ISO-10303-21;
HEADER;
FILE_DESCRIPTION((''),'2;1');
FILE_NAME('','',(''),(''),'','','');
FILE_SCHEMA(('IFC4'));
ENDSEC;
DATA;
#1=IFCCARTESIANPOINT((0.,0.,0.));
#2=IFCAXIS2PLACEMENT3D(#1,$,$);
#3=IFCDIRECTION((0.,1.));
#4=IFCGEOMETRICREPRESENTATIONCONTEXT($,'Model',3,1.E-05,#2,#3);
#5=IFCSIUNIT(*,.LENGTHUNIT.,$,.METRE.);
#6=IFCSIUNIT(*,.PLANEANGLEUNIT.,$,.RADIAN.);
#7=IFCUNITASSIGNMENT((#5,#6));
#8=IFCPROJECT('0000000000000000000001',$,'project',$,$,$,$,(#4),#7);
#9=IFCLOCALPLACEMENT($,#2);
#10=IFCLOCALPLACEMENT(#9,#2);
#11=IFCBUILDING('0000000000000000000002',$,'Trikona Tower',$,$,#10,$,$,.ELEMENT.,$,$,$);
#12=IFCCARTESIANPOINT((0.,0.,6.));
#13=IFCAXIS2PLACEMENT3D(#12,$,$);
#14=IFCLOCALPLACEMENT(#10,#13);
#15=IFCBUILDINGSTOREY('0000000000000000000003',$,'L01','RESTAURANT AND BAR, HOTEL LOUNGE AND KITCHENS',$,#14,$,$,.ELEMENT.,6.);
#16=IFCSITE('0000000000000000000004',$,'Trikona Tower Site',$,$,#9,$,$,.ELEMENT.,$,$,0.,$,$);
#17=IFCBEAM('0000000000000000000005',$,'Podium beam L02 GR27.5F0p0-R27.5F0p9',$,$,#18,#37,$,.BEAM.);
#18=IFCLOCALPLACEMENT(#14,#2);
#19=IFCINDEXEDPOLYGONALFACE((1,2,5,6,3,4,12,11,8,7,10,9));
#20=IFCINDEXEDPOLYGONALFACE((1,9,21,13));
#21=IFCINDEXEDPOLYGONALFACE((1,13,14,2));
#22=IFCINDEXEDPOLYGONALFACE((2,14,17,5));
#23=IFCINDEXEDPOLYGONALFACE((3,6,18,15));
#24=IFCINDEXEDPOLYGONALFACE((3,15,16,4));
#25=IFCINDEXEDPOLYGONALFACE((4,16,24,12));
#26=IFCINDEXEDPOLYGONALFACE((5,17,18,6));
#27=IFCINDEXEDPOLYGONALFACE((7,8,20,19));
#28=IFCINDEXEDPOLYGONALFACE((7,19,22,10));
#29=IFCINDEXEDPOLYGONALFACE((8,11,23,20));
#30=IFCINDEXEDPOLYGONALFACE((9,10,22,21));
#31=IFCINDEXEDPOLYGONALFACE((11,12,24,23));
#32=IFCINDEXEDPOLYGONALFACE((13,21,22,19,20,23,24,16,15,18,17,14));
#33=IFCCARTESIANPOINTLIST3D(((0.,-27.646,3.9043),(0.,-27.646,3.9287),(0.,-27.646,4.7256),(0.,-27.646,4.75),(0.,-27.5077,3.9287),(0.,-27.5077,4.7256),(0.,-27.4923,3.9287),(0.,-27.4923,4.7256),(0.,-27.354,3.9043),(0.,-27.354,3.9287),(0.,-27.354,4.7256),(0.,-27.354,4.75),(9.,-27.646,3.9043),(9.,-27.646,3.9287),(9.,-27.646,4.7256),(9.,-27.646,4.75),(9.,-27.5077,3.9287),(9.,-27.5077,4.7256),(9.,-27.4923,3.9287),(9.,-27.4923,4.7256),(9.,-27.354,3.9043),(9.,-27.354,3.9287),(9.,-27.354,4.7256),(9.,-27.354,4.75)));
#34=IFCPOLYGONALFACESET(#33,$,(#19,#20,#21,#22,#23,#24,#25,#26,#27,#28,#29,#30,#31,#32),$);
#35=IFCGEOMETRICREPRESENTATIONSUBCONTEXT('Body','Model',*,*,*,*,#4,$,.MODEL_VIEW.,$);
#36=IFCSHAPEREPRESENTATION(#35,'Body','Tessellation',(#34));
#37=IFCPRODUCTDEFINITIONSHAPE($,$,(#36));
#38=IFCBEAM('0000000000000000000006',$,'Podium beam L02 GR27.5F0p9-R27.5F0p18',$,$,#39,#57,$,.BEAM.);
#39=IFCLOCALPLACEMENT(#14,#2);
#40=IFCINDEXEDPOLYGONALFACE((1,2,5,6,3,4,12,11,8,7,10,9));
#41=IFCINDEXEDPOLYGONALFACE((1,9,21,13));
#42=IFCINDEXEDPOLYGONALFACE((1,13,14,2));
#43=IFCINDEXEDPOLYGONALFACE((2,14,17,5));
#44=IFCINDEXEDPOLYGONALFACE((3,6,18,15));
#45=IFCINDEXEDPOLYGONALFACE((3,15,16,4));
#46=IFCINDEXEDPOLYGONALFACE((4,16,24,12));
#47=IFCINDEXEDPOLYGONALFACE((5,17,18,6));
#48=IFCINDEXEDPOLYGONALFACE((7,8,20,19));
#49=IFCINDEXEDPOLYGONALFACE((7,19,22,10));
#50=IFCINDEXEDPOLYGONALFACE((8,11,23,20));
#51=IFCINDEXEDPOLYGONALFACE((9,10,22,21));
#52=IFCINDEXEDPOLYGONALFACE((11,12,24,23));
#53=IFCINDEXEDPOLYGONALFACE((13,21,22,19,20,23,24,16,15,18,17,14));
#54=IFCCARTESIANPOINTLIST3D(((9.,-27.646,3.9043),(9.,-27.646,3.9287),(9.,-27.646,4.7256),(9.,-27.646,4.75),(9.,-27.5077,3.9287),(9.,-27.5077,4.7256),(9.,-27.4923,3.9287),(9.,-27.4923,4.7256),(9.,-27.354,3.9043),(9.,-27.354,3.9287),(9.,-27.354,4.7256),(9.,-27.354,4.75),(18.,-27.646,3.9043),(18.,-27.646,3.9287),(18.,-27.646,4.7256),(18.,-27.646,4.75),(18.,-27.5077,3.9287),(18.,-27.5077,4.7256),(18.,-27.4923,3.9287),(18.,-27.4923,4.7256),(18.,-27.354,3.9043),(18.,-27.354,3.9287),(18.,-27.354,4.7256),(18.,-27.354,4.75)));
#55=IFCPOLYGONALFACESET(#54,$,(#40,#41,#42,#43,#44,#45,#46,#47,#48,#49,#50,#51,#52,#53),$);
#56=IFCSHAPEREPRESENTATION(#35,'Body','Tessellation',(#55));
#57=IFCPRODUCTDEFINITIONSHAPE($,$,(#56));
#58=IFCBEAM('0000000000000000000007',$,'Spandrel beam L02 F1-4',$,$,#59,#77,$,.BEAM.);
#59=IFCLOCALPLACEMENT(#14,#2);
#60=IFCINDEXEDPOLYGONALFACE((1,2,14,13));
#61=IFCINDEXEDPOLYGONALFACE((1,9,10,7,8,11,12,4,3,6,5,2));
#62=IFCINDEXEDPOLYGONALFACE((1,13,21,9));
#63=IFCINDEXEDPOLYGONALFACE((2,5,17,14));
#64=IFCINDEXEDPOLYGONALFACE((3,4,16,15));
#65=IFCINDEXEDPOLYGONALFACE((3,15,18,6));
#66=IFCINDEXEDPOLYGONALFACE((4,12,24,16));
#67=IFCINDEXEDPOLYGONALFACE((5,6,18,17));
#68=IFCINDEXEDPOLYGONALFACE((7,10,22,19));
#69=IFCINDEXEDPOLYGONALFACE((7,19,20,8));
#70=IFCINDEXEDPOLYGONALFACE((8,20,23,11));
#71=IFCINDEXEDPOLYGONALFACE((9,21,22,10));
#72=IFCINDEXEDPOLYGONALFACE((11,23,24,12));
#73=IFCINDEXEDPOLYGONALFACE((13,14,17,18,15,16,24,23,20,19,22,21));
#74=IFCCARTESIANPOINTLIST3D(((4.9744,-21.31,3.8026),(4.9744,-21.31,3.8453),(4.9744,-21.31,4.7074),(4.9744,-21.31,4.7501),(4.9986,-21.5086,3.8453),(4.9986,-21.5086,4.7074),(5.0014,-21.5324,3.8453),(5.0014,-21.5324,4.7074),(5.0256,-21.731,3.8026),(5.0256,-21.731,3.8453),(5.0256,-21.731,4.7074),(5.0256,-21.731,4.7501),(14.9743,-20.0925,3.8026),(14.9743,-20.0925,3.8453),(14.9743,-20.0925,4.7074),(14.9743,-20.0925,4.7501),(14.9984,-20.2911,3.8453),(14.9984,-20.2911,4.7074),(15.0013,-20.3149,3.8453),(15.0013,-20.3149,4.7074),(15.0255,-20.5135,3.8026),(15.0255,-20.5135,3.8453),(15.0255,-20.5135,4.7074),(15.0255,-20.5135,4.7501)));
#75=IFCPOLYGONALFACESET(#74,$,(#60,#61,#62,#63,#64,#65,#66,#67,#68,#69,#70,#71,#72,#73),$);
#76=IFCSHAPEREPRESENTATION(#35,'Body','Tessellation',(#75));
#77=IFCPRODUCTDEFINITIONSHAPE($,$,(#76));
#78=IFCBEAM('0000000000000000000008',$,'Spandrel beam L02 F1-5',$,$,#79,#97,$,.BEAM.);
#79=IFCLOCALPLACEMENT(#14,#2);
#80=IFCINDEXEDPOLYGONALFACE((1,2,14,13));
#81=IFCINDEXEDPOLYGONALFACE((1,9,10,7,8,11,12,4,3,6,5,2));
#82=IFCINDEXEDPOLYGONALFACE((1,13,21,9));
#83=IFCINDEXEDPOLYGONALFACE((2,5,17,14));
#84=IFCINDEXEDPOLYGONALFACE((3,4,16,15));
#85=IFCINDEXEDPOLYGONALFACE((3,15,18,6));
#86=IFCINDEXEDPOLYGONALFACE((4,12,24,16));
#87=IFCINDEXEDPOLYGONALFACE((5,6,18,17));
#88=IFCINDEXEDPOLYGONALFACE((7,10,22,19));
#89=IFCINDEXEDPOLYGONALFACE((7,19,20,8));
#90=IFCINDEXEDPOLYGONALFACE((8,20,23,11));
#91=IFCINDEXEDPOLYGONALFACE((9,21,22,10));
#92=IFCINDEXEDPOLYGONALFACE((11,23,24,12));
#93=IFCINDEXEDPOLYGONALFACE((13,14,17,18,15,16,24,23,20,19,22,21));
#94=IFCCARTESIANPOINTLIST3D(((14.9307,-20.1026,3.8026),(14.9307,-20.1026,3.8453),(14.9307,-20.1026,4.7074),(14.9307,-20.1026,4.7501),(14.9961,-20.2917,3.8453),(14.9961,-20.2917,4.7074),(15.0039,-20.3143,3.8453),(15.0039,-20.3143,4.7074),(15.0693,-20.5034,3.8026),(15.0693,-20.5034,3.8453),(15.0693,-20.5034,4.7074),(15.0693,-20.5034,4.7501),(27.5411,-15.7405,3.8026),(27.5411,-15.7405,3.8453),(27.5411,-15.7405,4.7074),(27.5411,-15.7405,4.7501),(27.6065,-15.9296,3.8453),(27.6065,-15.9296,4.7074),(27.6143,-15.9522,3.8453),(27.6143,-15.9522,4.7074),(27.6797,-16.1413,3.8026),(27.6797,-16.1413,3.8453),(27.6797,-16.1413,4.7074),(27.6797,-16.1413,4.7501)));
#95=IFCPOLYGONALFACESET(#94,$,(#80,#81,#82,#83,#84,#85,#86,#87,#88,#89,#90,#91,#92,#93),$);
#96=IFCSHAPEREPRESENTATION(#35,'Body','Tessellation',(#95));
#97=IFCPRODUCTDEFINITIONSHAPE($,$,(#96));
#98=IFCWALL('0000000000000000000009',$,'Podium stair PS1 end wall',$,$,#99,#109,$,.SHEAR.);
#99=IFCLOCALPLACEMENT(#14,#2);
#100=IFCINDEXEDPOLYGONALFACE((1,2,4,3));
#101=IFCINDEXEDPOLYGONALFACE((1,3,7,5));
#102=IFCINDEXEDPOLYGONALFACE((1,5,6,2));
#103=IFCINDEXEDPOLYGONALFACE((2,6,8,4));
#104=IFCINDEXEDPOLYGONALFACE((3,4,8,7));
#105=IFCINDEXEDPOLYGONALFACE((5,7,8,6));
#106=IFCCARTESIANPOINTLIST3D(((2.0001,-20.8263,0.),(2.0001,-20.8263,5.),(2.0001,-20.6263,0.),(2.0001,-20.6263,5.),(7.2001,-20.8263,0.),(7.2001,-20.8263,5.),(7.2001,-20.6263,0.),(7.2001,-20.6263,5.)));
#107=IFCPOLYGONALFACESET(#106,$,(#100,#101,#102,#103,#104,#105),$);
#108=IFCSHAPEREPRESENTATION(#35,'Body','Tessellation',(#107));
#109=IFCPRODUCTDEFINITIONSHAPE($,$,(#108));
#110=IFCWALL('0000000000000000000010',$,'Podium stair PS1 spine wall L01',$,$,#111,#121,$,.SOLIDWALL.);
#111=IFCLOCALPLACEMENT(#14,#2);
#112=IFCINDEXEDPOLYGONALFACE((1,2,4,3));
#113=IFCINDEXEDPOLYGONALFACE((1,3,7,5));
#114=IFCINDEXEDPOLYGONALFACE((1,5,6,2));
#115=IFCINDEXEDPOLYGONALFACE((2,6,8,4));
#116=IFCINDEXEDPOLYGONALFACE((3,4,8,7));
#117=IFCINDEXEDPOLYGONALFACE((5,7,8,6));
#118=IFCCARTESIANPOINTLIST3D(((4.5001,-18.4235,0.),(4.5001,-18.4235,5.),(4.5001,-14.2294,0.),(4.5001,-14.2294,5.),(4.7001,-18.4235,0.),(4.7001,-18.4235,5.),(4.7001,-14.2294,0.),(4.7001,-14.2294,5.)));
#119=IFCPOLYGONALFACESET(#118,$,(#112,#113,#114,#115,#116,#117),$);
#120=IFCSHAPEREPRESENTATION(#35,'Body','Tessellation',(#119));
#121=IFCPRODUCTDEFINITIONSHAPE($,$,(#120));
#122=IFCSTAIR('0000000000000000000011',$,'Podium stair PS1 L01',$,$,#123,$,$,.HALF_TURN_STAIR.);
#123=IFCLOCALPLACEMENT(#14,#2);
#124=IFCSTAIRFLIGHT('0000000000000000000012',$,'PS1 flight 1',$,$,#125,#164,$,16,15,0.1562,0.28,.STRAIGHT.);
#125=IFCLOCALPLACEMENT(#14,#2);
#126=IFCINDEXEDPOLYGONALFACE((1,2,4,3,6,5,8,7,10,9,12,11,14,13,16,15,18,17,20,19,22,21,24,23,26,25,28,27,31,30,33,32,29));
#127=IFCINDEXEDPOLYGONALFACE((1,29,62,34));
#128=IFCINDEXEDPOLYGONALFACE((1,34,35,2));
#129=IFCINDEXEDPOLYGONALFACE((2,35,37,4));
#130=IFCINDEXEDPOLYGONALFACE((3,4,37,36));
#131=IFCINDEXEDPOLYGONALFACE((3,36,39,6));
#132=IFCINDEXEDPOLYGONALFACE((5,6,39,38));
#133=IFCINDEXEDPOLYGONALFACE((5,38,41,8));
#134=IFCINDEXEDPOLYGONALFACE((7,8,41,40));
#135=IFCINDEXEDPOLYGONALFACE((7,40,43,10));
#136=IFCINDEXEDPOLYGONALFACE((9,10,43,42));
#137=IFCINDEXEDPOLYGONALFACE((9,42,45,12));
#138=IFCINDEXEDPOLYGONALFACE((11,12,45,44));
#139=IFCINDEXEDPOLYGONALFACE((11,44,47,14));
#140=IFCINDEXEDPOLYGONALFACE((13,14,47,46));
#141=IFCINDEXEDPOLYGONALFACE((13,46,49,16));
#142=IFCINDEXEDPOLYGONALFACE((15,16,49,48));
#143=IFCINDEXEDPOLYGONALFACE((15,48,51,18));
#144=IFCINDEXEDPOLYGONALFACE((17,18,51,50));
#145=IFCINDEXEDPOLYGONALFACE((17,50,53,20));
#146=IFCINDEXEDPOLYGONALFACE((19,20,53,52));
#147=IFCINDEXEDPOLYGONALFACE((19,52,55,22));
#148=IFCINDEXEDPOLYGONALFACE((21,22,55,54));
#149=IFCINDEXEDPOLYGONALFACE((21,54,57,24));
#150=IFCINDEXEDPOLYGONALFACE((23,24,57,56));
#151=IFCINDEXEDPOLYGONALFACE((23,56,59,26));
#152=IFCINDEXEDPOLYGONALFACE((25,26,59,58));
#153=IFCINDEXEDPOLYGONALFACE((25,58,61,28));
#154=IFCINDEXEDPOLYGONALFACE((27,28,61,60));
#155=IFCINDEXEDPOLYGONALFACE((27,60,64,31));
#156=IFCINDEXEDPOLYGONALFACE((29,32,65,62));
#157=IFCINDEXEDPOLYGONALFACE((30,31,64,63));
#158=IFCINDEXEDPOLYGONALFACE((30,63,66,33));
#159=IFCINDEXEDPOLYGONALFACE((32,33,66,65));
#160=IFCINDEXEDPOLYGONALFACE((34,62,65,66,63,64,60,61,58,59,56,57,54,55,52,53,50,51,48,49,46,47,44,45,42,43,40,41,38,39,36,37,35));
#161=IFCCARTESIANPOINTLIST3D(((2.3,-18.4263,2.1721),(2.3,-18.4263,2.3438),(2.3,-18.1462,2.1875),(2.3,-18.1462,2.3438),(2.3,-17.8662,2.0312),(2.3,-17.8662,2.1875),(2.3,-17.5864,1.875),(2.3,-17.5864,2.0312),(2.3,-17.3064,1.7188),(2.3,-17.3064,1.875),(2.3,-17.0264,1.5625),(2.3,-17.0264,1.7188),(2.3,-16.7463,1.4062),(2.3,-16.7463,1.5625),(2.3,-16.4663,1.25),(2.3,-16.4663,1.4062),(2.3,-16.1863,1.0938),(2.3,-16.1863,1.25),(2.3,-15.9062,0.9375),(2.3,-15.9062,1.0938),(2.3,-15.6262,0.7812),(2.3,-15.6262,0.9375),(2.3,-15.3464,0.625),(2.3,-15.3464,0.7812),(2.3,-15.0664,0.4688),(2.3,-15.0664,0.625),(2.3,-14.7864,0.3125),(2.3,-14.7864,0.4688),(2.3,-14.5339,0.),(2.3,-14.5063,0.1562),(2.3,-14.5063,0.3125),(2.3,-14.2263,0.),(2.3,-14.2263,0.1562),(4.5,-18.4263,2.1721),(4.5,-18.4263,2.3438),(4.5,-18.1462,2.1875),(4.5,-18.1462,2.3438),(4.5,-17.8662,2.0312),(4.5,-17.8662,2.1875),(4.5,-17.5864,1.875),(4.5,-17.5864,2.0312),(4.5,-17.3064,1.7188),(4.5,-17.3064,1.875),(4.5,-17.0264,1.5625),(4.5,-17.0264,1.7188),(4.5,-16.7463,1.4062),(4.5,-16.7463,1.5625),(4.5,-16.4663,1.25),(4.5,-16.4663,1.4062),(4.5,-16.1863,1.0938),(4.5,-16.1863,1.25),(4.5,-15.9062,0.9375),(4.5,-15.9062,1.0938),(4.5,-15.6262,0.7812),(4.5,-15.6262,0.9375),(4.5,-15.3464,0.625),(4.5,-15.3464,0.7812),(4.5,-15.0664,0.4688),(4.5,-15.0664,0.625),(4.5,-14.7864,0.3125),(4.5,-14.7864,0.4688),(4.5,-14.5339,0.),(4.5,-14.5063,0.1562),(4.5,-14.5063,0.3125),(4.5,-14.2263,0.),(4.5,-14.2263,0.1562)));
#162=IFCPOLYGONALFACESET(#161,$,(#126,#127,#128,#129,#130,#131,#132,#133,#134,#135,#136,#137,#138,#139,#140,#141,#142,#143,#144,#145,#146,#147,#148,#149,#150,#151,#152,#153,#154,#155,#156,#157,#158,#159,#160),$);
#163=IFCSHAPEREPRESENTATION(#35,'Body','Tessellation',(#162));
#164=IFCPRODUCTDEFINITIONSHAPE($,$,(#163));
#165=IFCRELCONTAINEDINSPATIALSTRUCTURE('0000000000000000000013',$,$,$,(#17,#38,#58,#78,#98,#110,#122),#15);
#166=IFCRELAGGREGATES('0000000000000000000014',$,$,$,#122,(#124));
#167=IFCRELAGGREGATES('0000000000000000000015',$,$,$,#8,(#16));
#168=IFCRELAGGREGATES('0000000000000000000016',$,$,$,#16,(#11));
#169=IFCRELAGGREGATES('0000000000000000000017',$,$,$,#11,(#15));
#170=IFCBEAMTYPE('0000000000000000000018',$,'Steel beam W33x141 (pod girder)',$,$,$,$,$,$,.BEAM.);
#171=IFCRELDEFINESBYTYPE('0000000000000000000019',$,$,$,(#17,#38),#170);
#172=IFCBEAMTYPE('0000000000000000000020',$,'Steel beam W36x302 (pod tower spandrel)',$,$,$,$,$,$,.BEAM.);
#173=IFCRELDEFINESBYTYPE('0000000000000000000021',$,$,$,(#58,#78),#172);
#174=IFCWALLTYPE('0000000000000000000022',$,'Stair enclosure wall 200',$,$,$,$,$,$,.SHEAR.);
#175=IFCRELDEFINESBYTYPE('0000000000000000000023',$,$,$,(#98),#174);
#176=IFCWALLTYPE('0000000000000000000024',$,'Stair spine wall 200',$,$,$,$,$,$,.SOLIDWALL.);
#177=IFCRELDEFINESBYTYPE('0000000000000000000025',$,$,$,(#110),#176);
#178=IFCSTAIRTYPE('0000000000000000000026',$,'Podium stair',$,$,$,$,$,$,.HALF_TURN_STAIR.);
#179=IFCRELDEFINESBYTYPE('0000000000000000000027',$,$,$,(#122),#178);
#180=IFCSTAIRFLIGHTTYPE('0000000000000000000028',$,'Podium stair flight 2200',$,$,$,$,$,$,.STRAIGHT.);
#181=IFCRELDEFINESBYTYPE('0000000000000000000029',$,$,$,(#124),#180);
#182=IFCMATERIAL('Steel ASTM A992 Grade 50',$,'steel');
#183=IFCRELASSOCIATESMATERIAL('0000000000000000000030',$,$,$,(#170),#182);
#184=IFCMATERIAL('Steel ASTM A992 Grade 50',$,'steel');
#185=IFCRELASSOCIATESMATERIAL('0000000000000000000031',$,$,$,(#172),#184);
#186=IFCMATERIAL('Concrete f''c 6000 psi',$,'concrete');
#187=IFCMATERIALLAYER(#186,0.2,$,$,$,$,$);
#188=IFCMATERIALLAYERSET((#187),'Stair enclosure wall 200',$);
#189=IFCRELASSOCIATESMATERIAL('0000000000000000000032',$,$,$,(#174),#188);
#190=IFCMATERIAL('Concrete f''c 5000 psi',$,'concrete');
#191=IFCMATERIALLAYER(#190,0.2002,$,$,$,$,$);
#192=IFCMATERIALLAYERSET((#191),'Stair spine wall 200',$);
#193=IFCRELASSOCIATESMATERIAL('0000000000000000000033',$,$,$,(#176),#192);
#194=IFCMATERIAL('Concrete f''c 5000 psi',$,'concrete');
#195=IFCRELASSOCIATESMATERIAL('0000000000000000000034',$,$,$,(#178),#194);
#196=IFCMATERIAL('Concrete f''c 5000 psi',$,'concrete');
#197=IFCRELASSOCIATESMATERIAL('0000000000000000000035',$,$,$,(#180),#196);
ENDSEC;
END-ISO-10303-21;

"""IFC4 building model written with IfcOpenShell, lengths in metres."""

from ifc_helpers import new_model, si_unit, direction, frame, frame_2d, origin, origin_2d, place, context, subcontext, project, spatial, polyline, rectangle, i_section, outline, extrude, material, layer, layer_set, material_profile, profile_set, type_object, element, aggregate, save


model = new_model("IFC4")

# Units and contexts
model_context = context("Model", 3, precision=1e-05, world=origin(), true_north=direction((0.0, 1.0)))
body_context = subcontext(model_context, "Body", "Model", "MODEL_VIEW")
ifc_project = project(units=[si_unit("LENGTHUNIT", "METRE"), si_unit("PLANEANGLEUNIT", "RADIAN")], contexts=[model_context])

# Site, building, storey
site_placement = place(None, origin())
site = spatial("IfcSite", under=ifc_project, at=site_placement, Name="Trikona Tower Site", CompositionType="ELEMENT", RefElevation=0.0)
building_placement = place(site_placement, origin())
building = spatial("IfcBuilding", under=site, at=building_placement, Name="Trikona Tower", CompositionType="ELEMENT")
storey_placement = place(building_placement, frame((0.0, 0.0, 6.0)))
storey = spatial("IfcBuildingStorey", under=building, at=storey_placement, Name="L01", Description="RESTAURANT AND BAR, HOTEL LOUNGE AND KITCHENS", CompositionType="ELEMENT", Elevation=6.0)

# Beams
ifc_material_1 = material(Name="Steel ASTM A992 Grade 50", Category="steel")
ifc_material_profile_1 = material_profile(ifc_material_1, i_section(OverallWidth=0.292, OverallDepth=0.8457, WebThickness=0.0154, FlangeThickness=0.0244, at=origin_2d()), Name="W33X141")
ifc_profile_set_1 = profile_set([ifc_material_profile_1], Name="Steel ASTM A992 Grade 50")
beam_type_1 = type_object("IfcBeamType", Name="Steel beam W33x141 (pod girder)", PredefinedType="BEAM", material=ifc_profile_set_1)
for number, where, z_axis, x_axis, name in (
    (1, (0.0, -27.5, 4.3271), (1.0, 0.0, 0.0), (0.0, 1.0, 0.0), "Podium beam L02 GR27.5F0p0-R27.5F0p9"),
    (2, (9.0, -27.5, 4.3271), (1.0, 0.0, 0.0), (0.0, 1.0, 0.0), "Podium beam L02 GR27.5F0p9-R27.5F0p18"),
):
    element("IfcBeam", number, at=place(storey_placement, frame(where, z_axis=z_axis, x_axis=x_axis)), inside=storey, type_object=beam_type_1, Name=name, PredefinedType="BEAM", context=body_context, shape_type="SweptSolid", body=[
        extrude(i_section(OverallWidth=0.292, OverallDepth=0.8457, WebThickness=0.0154, FlangeThickness=0.0244, at=origin_2d()), origin(), (0.0, 0.0, 1.0), 9.0),
    ])
ifc_material_2 = material(Name="Steel ASTM A992 Grade 50", Category="steel")
ifc_material_profile_2 = material_profile(ifc_material_2, i_section(OverallWidth=0.4241, OverallDepth=0.9475, WebThickness=0.0239, FlangeThickness=0.0427, at=origin_2d()), Name="W36X302")
ifc_profile_set_2 = profile_set([ifc_material_profile_2], Name="Steel ASTM A992 Grade 50")
beam_type_2 = type_object("IfcBeamType", Name="Steel beam W36x302 (pod tower spandrel)", PredefinedType="BEAM", material=ifc_profile_set_2)
beam_1_placement = place(storey_placement, frame((5.0, -21.5205, 4.2764), z_axis=(0.99267, 0.12086, 0.0), x_axis=(-0.12086, 0.99267, 0.0)))
element("IfcBeam", 3, at=beam_1_placement, inside=storey, type_object=beam_type_2, Name="Spandrel beam L02 F1-4", PredefinedType="BEAM", context=body_context, shape_type="SweptSolid", body=[
    extrude(i_section(OverallWidth=0.4241, OverallDepth=0.9475, WebThickness=0.0239, FlangeThickness=0.0427, at=origin_2d()), origin(), (0.0, 0.0, 1.0), 10.0737),
])
beam_2_placement = place(storey_placement, frame((15.0, -20.303, 4.2764), z_axis=(0.945057, 0.326906, 0.0), x_axis=(-0.326906, 0.945057, 0.0)))
element("IfcBeam", 4, at=beam_2_placement, inside=storey, type_object=beam_type_2, Name="Spandrel beam L02 F1-5", PredefinedType="BEAM", context=body_context, shape_type="SweptSolid", body=[
    extrude(i_section(OverallWidth=0.4241, OverallDepth=0.9475, WebThickness=0.0239, FlangeThickness=0.0427, at=origin_2d()), origin(), (0.0, 0.0, 1.0), 13.3435),
])

# Walls
ifc_material_3 = material(Name="Concrete f'c 6000 psi", Category="concrete")
ifc_layer_1 = layer(ifc_material_3, 0.2)
ifc_layer_set_1 = layer_set([ifc_layer_1], Name="Stair enclosure wall 200")
wall_type_1 = type_object("IfcWallType", Name="Stair enclosure wall 200", PredefinedType="SHEAR", material=ifc_layer_set_1)
wall_1_placement = place(storey_placement, frame((2.0, -20.7263, 0.0), z_axis=(0.0, 0.0, 1.0), x_axis=(1.0, 0.0, 0.0)))
element("IfcWall", 5, at=wall_1_placement, inside=storey, type_object=wall_type_1, Name="Podium stair PS1 end wall", PredefinedType="SHEAR", context=body_context, shape_type="SweptSolid", body=[
    extrude(rectangle(XDim=5.2, YDim=0.2, at=frame_2d((2.6001, 0.0))), origin(), (0.0, 0.0, 1.0), 5.0),
])
ifc_material_4 = material(Name="Concrete f'c 5000 psi", Category="concrete")
ifc_layer_2 = layer(ifc_material_4, 0.2002)
ifc_layer_set_2 = layer_set([ifc_layer_2], Name="Stair spine wall 200")
wall_type_2 = type_object("IfcWallType", Name="Stair spine wall 200", PredefinedType="SOLIDWALL", material=ifc_layer_set_2)
wall_2_placement = place(storey_placement, frame((4.6001, -14.2292, 0.0), z_axis=(0.0, 0.0, 1.0), x_axis=(0.0, -1.0, 0.0)))
element("IfcWall", 6, at=wall_2_placement, inside=storey, type_object=wall_type_2, Name="Podium stair PS1 spine wall L01", PredefinedType="SOLIDWALL", context=body_context, shape_type="SweptSolid", body=[
    extrude(rectangle(XDim=4.1941, YDim=0.2, at=frame_2d((2.0972, 0.0))), origin(), (0.0, 0.0, 1.0), 5.0),
])

# Stair, stair flight
ifc_material_5 = material(Name="Concrete f'c 5000 psi", Category="concrete")
stair_type = type_object("IfcStairType", Name="Podium stair", PredefinedType="HALF_TURN_STAIR", material=ifc_material_5)
stair_placement = place(storey_placement, origin())
stair = element("IfcStair", 7, at=stair_placement, inside=storey, type_object=stair_type, Name="Podium stair PS1 L01", PredefinedType="HALF_TURN_STAIR")
ifc_material_6 = material(Name="Concrete f'c 5000 psi", Category="concrete")
stair_flight_type = type_object("IfcStairFlightType", Name="Podium stair flight 2200", PredefinedType="STRAIGHT", material=ifc_material_6)
stair_flight_1_placement = place(storey_placement, frame((3.3999, -14.2263, 0.0), z_axis=(0.0, 0.0, 1.0), x_axis=(0.0, -1.0, 0.0)))
stair_flight_1 = element("IfcStairFlight", 8, at=stair_flight_1_placement, type_object=stair_flight_type, Name="PS1 flight 1", NumberOfRisers=16, NumberOfTreads=15, PredefinedType="STRAIGHT", RiserHeight=0.1562, TreadLength=0.28, context=body_context, shape_type="SweptSolid", body=[
    extrude(outline(polyline([(0.0, 0.0), (0.0, 0.1562), (0.28, 0.1562), (0.28, 0.3125), (0.5601, 0.3125), (0.5601, 0.4688), (0.8401, 0.4688), (0.8401, 0.625), (1.1201, 0.625), (1.1201, 0.7812), (1.3999, 0.7812), (1.3999, 0.9375), (1.6799, 0.9375), (1.6799, 1.0938), (1.96, 1.0938), (1.96, 1.25), (2.24, 1.25), (2.24, 1.4062), (2.52, 1.4062), (2.52, 1.5625), (2.8, 1.5625), (2.8, 1.7188), (3.0801, 1.7188), (3.0801, 1.875), (3.3601, 1.875), (3.3601, 2.0312), (3.6399, 2.0312), (3.6399, 2.1875), (3.9199, 2.1875), (3.9199, 2.3438), (4.2, 2.3438), (4.2, 2.5), (4.2, 2.1721), (0.3076, 0.0), (0.0, 0.0)])), frame((0.0, 1.1001, 0.0), z_axis=(0.0, -1.0, 0.0), x_axis=(1.0, 0.0, 0.0)), (0.0, 0.0, 1.0), 2.2),
])
aggregate(stair, [stair_flight_1])

save(model, "model.ifc")
